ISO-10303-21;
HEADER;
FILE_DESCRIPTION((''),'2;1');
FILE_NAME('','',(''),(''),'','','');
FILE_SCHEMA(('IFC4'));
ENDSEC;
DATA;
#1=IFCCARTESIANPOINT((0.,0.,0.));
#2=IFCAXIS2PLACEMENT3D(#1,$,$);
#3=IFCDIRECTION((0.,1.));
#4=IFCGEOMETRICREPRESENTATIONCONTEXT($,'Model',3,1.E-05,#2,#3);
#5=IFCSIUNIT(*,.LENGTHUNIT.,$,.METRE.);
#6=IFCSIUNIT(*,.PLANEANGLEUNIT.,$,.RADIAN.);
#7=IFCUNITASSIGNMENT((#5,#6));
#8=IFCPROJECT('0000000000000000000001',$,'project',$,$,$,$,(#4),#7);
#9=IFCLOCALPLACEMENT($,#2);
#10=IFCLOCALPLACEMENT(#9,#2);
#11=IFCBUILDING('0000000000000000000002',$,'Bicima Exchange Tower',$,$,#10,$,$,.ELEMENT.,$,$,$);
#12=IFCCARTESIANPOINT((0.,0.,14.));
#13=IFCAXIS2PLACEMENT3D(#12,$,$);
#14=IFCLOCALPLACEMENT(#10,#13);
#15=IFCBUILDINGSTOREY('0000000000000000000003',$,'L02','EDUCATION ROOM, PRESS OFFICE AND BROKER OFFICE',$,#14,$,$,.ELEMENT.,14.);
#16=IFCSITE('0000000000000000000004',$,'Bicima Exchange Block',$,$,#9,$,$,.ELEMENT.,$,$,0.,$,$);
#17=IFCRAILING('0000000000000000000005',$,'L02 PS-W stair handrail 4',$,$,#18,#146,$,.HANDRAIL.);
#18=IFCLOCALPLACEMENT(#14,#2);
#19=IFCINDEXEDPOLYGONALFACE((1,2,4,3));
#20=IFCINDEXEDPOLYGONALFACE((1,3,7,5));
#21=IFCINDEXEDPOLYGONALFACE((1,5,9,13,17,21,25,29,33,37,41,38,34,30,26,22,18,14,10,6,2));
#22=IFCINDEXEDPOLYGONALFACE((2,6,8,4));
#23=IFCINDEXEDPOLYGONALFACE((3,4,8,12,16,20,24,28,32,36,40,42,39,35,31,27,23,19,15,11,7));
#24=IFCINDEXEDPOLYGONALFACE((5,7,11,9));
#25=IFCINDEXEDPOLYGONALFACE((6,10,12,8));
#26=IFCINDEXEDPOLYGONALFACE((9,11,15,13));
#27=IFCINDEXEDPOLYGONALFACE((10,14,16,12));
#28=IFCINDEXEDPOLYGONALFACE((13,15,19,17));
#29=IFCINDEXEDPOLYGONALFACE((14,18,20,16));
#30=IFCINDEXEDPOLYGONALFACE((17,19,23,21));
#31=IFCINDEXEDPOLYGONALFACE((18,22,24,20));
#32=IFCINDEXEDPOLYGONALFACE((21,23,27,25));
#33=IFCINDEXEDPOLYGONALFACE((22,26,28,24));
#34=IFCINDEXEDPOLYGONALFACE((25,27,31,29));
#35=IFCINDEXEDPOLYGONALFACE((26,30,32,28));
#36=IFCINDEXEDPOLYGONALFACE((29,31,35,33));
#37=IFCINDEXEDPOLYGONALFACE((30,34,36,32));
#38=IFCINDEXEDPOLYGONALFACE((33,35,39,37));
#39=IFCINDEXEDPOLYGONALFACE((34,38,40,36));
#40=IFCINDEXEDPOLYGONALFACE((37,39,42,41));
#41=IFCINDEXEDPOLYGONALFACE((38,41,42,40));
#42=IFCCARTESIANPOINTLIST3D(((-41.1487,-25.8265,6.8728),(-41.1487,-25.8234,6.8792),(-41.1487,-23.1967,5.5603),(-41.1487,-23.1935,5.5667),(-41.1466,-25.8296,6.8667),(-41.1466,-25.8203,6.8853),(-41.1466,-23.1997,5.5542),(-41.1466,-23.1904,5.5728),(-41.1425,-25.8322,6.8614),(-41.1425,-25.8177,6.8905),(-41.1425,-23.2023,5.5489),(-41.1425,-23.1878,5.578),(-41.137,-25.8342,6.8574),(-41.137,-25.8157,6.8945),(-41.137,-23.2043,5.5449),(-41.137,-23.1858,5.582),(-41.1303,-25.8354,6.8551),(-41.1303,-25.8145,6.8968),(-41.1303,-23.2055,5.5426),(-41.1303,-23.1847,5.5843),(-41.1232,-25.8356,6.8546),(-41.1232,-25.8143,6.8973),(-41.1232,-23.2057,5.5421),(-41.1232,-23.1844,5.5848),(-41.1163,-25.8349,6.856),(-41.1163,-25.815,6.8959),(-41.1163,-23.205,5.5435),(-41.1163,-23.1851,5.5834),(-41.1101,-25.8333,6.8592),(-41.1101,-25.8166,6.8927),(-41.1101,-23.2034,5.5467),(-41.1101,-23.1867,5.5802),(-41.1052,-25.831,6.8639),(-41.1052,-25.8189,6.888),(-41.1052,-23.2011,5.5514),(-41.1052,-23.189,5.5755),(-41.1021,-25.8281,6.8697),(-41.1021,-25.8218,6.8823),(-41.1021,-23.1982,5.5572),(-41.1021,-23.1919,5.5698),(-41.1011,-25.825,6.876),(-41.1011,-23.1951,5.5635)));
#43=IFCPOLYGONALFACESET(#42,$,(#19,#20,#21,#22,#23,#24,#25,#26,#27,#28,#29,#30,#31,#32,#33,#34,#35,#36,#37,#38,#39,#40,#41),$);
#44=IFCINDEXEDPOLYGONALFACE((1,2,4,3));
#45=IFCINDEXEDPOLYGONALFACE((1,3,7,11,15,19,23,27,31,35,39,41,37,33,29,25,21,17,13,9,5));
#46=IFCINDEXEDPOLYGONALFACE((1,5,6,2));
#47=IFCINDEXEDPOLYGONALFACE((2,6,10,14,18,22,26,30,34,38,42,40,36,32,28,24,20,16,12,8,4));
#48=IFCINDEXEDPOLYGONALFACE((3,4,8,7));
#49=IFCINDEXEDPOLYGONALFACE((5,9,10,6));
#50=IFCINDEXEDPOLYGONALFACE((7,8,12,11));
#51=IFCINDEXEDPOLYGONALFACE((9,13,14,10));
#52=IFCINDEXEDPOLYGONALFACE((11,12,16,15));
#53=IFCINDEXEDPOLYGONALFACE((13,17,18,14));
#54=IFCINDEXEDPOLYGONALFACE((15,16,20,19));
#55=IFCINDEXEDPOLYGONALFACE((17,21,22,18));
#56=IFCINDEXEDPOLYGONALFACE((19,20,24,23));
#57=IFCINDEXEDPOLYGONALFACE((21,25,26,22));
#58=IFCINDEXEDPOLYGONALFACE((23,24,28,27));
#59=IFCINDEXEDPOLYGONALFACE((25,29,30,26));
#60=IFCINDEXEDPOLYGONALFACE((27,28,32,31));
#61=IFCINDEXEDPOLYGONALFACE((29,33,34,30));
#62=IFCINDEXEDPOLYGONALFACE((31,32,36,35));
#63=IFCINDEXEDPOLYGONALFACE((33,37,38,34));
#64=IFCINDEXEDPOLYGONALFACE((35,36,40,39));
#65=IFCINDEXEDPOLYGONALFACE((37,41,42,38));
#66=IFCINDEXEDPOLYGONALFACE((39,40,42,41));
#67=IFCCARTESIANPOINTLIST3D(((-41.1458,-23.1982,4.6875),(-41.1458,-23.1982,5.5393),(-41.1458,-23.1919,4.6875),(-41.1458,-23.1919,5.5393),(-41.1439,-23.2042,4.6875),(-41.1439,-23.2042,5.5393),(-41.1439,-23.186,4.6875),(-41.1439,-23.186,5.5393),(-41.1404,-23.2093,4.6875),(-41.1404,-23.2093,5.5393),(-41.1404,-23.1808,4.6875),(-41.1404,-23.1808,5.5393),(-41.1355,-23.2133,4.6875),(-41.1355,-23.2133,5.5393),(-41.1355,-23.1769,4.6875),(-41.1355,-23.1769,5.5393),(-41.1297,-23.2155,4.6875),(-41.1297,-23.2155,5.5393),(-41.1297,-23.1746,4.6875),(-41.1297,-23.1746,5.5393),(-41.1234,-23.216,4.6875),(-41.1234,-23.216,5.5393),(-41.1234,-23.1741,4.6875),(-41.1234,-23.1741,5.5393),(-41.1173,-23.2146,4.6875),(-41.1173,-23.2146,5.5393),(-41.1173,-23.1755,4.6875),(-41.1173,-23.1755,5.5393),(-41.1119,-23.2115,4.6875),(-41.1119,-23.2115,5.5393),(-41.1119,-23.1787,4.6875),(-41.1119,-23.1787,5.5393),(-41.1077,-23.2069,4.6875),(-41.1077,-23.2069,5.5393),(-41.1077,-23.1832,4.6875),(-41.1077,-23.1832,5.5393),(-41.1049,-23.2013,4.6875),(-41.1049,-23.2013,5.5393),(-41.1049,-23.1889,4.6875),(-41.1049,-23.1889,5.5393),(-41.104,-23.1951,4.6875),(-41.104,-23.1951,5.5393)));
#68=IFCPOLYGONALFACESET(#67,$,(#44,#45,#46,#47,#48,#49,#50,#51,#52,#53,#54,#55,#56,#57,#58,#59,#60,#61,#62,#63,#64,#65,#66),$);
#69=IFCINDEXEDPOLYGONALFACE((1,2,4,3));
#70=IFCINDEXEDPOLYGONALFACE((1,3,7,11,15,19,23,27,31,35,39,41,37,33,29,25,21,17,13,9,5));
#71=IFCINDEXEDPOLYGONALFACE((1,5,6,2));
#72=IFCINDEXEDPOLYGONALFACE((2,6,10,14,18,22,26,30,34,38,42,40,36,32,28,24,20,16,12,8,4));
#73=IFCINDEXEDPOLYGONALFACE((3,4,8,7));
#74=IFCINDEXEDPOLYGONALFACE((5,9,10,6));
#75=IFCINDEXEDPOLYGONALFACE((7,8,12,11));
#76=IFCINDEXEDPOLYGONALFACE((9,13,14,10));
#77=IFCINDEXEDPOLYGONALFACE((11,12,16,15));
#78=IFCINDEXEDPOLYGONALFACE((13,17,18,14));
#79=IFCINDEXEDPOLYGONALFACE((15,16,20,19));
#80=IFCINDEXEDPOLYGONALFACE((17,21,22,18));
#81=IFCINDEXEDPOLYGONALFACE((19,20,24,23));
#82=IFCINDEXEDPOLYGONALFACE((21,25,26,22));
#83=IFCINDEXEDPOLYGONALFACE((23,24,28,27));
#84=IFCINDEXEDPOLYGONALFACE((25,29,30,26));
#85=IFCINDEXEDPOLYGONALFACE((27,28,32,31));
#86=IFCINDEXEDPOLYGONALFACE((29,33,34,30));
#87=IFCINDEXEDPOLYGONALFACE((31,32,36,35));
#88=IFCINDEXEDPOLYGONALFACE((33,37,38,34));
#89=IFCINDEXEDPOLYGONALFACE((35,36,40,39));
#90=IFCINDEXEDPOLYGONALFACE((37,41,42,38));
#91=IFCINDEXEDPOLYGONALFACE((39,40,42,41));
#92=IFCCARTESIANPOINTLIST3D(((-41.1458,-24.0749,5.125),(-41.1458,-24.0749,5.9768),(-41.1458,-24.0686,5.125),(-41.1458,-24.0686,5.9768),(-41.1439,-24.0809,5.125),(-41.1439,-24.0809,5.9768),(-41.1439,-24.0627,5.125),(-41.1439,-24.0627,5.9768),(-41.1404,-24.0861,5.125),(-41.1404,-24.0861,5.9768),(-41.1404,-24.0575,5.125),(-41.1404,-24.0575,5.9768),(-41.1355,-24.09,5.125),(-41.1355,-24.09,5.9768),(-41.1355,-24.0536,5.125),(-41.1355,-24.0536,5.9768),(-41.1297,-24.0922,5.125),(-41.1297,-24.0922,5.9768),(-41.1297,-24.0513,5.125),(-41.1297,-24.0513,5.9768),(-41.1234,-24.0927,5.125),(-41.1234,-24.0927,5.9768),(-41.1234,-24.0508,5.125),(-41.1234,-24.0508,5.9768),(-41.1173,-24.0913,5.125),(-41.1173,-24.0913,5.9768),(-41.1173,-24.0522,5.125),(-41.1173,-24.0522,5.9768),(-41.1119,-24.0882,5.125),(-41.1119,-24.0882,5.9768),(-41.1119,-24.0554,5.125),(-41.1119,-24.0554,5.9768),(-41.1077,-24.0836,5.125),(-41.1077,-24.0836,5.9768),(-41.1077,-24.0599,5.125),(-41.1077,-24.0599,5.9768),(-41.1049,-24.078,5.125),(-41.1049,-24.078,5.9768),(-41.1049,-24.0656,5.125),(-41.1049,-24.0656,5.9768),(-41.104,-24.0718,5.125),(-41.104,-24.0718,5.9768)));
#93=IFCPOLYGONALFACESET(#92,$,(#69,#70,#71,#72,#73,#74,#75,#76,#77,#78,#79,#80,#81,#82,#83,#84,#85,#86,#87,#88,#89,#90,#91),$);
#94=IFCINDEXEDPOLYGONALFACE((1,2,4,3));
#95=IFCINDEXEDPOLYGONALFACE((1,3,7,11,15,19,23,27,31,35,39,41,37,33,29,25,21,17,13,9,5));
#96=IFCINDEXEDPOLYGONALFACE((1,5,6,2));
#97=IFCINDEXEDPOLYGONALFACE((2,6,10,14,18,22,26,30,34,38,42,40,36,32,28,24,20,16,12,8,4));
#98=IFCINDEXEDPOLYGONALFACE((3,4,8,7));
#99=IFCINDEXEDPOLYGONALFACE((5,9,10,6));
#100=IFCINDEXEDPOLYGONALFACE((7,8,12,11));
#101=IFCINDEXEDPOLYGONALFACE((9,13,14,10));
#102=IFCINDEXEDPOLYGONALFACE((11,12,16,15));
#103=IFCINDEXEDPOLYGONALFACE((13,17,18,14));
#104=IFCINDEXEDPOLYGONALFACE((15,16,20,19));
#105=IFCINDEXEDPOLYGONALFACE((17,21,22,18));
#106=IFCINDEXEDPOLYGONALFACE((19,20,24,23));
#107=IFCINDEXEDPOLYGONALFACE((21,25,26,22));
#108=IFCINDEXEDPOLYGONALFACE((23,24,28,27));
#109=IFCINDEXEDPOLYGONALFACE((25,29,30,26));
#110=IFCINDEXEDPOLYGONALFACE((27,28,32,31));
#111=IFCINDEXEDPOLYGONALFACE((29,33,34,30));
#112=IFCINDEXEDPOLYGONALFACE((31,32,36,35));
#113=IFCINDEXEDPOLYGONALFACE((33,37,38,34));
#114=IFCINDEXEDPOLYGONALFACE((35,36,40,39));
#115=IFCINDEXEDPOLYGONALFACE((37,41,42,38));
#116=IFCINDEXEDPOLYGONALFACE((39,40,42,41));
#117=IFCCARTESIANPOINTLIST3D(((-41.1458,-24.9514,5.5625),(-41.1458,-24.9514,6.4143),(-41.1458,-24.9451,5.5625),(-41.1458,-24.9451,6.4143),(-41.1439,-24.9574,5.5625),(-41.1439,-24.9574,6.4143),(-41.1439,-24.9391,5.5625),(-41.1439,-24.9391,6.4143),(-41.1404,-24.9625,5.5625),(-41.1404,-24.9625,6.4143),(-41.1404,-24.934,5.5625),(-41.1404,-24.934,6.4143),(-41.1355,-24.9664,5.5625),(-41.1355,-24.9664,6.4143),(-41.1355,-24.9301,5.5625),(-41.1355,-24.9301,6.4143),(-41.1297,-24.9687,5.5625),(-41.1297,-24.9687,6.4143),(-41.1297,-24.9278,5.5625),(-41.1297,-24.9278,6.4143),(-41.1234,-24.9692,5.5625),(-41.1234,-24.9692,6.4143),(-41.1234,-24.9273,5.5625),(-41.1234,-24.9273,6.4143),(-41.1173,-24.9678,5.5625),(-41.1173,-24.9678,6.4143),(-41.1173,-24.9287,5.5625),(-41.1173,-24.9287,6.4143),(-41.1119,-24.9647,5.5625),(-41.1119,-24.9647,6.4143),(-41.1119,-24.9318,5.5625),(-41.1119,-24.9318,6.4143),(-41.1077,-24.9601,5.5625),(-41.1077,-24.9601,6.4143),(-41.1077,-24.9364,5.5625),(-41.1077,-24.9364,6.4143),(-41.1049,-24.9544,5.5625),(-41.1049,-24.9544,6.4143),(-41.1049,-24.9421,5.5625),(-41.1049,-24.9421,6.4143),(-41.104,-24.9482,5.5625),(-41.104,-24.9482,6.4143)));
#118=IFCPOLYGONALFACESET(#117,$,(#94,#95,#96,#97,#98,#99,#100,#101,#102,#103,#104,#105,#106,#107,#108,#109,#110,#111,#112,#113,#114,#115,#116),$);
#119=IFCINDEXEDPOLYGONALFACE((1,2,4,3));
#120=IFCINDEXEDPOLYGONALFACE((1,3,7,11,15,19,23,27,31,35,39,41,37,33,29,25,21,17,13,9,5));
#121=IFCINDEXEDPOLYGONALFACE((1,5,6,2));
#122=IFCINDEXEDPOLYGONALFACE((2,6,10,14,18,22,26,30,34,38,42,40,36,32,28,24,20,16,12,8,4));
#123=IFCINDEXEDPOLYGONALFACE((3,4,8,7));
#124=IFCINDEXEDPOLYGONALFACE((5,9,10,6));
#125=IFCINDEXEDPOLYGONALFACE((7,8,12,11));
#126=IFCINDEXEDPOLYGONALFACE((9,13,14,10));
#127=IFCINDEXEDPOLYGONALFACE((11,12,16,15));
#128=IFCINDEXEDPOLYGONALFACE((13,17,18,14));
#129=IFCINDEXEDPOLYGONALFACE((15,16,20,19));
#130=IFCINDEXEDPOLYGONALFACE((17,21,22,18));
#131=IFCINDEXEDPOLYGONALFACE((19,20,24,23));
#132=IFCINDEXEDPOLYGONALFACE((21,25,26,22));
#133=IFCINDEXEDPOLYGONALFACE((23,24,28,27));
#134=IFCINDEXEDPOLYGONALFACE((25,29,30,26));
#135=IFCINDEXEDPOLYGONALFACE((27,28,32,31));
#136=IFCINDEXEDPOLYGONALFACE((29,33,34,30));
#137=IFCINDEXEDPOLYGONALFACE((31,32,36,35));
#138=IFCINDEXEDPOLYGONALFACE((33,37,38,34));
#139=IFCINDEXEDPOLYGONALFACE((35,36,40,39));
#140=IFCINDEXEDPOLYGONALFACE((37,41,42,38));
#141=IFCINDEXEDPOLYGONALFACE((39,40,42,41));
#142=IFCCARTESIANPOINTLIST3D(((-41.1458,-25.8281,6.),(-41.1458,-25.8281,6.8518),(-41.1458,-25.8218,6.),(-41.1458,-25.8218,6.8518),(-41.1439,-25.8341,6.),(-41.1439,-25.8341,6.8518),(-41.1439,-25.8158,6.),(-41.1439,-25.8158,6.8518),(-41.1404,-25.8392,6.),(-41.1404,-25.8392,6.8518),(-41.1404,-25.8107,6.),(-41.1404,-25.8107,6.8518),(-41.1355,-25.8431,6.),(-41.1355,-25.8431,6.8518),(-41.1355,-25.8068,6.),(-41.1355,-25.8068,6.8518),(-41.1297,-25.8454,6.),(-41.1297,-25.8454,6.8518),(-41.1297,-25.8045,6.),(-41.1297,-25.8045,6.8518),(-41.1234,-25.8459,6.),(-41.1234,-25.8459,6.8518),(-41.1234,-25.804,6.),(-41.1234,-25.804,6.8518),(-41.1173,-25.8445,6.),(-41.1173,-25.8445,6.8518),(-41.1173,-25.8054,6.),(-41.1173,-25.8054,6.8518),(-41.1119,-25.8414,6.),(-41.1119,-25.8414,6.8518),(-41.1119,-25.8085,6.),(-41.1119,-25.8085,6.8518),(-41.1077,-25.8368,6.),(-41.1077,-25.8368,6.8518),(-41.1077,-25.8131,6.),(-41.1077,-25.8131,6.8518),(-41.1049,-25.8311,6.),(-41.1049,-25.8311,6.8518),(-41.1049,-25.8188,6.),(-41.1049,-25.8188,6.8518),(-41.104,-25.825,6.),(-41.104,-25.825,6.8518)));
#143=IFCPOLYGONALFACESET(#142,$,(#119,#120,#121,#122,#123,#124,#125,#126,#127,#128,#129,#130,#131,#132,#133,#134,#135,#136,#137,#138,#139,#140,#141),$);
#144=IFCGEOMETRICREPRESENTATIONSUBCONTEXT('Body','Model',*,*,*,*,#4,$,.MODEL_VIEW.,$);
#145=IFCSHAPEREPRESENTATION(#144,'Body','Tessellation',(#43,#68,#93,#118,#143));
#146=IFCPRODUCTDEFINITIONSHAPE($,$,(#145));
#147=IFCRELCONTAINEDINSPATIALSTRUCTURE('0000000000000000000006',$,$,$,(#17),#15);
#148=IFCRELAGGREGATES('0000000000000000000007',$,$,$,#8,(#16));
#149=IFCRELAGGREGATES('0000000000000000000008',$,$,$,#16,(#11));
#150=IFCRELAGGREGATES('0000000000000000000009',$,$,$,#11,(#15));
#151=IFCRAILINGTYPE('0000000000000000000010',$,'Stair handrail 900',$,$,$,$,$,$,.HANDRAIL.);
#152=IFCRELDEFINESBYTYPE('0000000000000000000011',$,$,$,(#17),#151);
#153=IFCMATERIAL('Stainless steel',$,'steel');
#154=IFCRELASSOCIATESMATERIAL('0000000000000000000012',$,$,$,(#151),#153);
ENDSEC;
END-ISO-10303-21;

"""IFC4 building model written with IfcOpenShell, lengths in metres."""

from ifc_helpers import new_model, si_unit, direction, frame, origin, origin_2d, place, context, subcontext, project, spatial, circle, extrude, material, type_object, element, save


model = new_model("IFC4")

# Units and contexts
model_context = context("Model", 3, precision=1e-05, world=origin(), true_north=direction((0.0, 1.0)))
body_context = subcontext(model_context, "Body", "Model", "MODEL_VIEW")
ifc_project = project(units=[si_unit("LENGTHUNIT", "METRE"), si_unit("PLANEANGLEUNIT", "RADIAN")], contexts=[model_context])

# Site, building, storey
site_placement = place(None, origin())
site = spatial("IfcSite", under=ifc_project, at=site_placement, Name="Bicima Exchange Block", CompositionType="ELEMENT", RefElevation=0.0)
building_placement = place(site_placement, origin())
building = spatial("IfcBuilding", under=site, at=building_placement, Name="Bicima Exchange Tower", CompositionType="ELEMENT")
storey_placement = place(building_placement, frame((0.0, 0.0, 14.0)))
storey = spatial("IfcBuildingStorey", under=building, at=storey_placement, Name="L02", Description="EDUCATION ROOM, PRESS OFFICE AND BROKER OFFICE", CompositionType="ELEMENT", Elevation=14.0)

# Railing
ifc_material_1 = material(Name="Stainless steel", Category="steel")
railing_type_1 = type_object("IfcRailingType", Name="Stair handrail 900", PredefinedType="HANDRAIL", material=ifc_material_1)
railing_1_placement = place(storey_placement, frame((-41.125, -23.1951, 4.6875)))
element("IfcRailing", 1, at=railing_1_placement, inside=storey, type_object=railing_type_1, Name="L02 PS-W stair handrail 4", PredefinedType="HANDRAIL", context=body_context, shape_type="SweptSolid", body=[
    extrude(circle(Radius=0.0239, at=origin_2d()), frame((0.0, 0.0, 0.876), z_axis=(0.0, -0.894759, 0.446549), x_axis=(1.0, 0.0, 0.0)), (0.0, 0.0, 1.0), 2.9392),
    extrude(circle(Radius=0.021, at=origin_2d()), origin(), (0.0, 0.0, 1.0), 0.8518),
    extrude(circle(Radius=0.021, at=origin_2d()), frame((0.0, -0.8767, 0.4375)), (0.0, 0.0, 1.0), 0.8518),
    extrude(circle(Radius=0.021, at=origin_2d()), frame((0.0, -1.7532, 0.875)), (0.0, 0.0, 1.0), 0.8518),
    extrude(circle(Radius=0.021, at=origin_2d()), frame((0.0, -2.6299, 1.3125)), (0.0, 0.0, 1.0), 0.8518),
])

save(model, "model.ifc")
